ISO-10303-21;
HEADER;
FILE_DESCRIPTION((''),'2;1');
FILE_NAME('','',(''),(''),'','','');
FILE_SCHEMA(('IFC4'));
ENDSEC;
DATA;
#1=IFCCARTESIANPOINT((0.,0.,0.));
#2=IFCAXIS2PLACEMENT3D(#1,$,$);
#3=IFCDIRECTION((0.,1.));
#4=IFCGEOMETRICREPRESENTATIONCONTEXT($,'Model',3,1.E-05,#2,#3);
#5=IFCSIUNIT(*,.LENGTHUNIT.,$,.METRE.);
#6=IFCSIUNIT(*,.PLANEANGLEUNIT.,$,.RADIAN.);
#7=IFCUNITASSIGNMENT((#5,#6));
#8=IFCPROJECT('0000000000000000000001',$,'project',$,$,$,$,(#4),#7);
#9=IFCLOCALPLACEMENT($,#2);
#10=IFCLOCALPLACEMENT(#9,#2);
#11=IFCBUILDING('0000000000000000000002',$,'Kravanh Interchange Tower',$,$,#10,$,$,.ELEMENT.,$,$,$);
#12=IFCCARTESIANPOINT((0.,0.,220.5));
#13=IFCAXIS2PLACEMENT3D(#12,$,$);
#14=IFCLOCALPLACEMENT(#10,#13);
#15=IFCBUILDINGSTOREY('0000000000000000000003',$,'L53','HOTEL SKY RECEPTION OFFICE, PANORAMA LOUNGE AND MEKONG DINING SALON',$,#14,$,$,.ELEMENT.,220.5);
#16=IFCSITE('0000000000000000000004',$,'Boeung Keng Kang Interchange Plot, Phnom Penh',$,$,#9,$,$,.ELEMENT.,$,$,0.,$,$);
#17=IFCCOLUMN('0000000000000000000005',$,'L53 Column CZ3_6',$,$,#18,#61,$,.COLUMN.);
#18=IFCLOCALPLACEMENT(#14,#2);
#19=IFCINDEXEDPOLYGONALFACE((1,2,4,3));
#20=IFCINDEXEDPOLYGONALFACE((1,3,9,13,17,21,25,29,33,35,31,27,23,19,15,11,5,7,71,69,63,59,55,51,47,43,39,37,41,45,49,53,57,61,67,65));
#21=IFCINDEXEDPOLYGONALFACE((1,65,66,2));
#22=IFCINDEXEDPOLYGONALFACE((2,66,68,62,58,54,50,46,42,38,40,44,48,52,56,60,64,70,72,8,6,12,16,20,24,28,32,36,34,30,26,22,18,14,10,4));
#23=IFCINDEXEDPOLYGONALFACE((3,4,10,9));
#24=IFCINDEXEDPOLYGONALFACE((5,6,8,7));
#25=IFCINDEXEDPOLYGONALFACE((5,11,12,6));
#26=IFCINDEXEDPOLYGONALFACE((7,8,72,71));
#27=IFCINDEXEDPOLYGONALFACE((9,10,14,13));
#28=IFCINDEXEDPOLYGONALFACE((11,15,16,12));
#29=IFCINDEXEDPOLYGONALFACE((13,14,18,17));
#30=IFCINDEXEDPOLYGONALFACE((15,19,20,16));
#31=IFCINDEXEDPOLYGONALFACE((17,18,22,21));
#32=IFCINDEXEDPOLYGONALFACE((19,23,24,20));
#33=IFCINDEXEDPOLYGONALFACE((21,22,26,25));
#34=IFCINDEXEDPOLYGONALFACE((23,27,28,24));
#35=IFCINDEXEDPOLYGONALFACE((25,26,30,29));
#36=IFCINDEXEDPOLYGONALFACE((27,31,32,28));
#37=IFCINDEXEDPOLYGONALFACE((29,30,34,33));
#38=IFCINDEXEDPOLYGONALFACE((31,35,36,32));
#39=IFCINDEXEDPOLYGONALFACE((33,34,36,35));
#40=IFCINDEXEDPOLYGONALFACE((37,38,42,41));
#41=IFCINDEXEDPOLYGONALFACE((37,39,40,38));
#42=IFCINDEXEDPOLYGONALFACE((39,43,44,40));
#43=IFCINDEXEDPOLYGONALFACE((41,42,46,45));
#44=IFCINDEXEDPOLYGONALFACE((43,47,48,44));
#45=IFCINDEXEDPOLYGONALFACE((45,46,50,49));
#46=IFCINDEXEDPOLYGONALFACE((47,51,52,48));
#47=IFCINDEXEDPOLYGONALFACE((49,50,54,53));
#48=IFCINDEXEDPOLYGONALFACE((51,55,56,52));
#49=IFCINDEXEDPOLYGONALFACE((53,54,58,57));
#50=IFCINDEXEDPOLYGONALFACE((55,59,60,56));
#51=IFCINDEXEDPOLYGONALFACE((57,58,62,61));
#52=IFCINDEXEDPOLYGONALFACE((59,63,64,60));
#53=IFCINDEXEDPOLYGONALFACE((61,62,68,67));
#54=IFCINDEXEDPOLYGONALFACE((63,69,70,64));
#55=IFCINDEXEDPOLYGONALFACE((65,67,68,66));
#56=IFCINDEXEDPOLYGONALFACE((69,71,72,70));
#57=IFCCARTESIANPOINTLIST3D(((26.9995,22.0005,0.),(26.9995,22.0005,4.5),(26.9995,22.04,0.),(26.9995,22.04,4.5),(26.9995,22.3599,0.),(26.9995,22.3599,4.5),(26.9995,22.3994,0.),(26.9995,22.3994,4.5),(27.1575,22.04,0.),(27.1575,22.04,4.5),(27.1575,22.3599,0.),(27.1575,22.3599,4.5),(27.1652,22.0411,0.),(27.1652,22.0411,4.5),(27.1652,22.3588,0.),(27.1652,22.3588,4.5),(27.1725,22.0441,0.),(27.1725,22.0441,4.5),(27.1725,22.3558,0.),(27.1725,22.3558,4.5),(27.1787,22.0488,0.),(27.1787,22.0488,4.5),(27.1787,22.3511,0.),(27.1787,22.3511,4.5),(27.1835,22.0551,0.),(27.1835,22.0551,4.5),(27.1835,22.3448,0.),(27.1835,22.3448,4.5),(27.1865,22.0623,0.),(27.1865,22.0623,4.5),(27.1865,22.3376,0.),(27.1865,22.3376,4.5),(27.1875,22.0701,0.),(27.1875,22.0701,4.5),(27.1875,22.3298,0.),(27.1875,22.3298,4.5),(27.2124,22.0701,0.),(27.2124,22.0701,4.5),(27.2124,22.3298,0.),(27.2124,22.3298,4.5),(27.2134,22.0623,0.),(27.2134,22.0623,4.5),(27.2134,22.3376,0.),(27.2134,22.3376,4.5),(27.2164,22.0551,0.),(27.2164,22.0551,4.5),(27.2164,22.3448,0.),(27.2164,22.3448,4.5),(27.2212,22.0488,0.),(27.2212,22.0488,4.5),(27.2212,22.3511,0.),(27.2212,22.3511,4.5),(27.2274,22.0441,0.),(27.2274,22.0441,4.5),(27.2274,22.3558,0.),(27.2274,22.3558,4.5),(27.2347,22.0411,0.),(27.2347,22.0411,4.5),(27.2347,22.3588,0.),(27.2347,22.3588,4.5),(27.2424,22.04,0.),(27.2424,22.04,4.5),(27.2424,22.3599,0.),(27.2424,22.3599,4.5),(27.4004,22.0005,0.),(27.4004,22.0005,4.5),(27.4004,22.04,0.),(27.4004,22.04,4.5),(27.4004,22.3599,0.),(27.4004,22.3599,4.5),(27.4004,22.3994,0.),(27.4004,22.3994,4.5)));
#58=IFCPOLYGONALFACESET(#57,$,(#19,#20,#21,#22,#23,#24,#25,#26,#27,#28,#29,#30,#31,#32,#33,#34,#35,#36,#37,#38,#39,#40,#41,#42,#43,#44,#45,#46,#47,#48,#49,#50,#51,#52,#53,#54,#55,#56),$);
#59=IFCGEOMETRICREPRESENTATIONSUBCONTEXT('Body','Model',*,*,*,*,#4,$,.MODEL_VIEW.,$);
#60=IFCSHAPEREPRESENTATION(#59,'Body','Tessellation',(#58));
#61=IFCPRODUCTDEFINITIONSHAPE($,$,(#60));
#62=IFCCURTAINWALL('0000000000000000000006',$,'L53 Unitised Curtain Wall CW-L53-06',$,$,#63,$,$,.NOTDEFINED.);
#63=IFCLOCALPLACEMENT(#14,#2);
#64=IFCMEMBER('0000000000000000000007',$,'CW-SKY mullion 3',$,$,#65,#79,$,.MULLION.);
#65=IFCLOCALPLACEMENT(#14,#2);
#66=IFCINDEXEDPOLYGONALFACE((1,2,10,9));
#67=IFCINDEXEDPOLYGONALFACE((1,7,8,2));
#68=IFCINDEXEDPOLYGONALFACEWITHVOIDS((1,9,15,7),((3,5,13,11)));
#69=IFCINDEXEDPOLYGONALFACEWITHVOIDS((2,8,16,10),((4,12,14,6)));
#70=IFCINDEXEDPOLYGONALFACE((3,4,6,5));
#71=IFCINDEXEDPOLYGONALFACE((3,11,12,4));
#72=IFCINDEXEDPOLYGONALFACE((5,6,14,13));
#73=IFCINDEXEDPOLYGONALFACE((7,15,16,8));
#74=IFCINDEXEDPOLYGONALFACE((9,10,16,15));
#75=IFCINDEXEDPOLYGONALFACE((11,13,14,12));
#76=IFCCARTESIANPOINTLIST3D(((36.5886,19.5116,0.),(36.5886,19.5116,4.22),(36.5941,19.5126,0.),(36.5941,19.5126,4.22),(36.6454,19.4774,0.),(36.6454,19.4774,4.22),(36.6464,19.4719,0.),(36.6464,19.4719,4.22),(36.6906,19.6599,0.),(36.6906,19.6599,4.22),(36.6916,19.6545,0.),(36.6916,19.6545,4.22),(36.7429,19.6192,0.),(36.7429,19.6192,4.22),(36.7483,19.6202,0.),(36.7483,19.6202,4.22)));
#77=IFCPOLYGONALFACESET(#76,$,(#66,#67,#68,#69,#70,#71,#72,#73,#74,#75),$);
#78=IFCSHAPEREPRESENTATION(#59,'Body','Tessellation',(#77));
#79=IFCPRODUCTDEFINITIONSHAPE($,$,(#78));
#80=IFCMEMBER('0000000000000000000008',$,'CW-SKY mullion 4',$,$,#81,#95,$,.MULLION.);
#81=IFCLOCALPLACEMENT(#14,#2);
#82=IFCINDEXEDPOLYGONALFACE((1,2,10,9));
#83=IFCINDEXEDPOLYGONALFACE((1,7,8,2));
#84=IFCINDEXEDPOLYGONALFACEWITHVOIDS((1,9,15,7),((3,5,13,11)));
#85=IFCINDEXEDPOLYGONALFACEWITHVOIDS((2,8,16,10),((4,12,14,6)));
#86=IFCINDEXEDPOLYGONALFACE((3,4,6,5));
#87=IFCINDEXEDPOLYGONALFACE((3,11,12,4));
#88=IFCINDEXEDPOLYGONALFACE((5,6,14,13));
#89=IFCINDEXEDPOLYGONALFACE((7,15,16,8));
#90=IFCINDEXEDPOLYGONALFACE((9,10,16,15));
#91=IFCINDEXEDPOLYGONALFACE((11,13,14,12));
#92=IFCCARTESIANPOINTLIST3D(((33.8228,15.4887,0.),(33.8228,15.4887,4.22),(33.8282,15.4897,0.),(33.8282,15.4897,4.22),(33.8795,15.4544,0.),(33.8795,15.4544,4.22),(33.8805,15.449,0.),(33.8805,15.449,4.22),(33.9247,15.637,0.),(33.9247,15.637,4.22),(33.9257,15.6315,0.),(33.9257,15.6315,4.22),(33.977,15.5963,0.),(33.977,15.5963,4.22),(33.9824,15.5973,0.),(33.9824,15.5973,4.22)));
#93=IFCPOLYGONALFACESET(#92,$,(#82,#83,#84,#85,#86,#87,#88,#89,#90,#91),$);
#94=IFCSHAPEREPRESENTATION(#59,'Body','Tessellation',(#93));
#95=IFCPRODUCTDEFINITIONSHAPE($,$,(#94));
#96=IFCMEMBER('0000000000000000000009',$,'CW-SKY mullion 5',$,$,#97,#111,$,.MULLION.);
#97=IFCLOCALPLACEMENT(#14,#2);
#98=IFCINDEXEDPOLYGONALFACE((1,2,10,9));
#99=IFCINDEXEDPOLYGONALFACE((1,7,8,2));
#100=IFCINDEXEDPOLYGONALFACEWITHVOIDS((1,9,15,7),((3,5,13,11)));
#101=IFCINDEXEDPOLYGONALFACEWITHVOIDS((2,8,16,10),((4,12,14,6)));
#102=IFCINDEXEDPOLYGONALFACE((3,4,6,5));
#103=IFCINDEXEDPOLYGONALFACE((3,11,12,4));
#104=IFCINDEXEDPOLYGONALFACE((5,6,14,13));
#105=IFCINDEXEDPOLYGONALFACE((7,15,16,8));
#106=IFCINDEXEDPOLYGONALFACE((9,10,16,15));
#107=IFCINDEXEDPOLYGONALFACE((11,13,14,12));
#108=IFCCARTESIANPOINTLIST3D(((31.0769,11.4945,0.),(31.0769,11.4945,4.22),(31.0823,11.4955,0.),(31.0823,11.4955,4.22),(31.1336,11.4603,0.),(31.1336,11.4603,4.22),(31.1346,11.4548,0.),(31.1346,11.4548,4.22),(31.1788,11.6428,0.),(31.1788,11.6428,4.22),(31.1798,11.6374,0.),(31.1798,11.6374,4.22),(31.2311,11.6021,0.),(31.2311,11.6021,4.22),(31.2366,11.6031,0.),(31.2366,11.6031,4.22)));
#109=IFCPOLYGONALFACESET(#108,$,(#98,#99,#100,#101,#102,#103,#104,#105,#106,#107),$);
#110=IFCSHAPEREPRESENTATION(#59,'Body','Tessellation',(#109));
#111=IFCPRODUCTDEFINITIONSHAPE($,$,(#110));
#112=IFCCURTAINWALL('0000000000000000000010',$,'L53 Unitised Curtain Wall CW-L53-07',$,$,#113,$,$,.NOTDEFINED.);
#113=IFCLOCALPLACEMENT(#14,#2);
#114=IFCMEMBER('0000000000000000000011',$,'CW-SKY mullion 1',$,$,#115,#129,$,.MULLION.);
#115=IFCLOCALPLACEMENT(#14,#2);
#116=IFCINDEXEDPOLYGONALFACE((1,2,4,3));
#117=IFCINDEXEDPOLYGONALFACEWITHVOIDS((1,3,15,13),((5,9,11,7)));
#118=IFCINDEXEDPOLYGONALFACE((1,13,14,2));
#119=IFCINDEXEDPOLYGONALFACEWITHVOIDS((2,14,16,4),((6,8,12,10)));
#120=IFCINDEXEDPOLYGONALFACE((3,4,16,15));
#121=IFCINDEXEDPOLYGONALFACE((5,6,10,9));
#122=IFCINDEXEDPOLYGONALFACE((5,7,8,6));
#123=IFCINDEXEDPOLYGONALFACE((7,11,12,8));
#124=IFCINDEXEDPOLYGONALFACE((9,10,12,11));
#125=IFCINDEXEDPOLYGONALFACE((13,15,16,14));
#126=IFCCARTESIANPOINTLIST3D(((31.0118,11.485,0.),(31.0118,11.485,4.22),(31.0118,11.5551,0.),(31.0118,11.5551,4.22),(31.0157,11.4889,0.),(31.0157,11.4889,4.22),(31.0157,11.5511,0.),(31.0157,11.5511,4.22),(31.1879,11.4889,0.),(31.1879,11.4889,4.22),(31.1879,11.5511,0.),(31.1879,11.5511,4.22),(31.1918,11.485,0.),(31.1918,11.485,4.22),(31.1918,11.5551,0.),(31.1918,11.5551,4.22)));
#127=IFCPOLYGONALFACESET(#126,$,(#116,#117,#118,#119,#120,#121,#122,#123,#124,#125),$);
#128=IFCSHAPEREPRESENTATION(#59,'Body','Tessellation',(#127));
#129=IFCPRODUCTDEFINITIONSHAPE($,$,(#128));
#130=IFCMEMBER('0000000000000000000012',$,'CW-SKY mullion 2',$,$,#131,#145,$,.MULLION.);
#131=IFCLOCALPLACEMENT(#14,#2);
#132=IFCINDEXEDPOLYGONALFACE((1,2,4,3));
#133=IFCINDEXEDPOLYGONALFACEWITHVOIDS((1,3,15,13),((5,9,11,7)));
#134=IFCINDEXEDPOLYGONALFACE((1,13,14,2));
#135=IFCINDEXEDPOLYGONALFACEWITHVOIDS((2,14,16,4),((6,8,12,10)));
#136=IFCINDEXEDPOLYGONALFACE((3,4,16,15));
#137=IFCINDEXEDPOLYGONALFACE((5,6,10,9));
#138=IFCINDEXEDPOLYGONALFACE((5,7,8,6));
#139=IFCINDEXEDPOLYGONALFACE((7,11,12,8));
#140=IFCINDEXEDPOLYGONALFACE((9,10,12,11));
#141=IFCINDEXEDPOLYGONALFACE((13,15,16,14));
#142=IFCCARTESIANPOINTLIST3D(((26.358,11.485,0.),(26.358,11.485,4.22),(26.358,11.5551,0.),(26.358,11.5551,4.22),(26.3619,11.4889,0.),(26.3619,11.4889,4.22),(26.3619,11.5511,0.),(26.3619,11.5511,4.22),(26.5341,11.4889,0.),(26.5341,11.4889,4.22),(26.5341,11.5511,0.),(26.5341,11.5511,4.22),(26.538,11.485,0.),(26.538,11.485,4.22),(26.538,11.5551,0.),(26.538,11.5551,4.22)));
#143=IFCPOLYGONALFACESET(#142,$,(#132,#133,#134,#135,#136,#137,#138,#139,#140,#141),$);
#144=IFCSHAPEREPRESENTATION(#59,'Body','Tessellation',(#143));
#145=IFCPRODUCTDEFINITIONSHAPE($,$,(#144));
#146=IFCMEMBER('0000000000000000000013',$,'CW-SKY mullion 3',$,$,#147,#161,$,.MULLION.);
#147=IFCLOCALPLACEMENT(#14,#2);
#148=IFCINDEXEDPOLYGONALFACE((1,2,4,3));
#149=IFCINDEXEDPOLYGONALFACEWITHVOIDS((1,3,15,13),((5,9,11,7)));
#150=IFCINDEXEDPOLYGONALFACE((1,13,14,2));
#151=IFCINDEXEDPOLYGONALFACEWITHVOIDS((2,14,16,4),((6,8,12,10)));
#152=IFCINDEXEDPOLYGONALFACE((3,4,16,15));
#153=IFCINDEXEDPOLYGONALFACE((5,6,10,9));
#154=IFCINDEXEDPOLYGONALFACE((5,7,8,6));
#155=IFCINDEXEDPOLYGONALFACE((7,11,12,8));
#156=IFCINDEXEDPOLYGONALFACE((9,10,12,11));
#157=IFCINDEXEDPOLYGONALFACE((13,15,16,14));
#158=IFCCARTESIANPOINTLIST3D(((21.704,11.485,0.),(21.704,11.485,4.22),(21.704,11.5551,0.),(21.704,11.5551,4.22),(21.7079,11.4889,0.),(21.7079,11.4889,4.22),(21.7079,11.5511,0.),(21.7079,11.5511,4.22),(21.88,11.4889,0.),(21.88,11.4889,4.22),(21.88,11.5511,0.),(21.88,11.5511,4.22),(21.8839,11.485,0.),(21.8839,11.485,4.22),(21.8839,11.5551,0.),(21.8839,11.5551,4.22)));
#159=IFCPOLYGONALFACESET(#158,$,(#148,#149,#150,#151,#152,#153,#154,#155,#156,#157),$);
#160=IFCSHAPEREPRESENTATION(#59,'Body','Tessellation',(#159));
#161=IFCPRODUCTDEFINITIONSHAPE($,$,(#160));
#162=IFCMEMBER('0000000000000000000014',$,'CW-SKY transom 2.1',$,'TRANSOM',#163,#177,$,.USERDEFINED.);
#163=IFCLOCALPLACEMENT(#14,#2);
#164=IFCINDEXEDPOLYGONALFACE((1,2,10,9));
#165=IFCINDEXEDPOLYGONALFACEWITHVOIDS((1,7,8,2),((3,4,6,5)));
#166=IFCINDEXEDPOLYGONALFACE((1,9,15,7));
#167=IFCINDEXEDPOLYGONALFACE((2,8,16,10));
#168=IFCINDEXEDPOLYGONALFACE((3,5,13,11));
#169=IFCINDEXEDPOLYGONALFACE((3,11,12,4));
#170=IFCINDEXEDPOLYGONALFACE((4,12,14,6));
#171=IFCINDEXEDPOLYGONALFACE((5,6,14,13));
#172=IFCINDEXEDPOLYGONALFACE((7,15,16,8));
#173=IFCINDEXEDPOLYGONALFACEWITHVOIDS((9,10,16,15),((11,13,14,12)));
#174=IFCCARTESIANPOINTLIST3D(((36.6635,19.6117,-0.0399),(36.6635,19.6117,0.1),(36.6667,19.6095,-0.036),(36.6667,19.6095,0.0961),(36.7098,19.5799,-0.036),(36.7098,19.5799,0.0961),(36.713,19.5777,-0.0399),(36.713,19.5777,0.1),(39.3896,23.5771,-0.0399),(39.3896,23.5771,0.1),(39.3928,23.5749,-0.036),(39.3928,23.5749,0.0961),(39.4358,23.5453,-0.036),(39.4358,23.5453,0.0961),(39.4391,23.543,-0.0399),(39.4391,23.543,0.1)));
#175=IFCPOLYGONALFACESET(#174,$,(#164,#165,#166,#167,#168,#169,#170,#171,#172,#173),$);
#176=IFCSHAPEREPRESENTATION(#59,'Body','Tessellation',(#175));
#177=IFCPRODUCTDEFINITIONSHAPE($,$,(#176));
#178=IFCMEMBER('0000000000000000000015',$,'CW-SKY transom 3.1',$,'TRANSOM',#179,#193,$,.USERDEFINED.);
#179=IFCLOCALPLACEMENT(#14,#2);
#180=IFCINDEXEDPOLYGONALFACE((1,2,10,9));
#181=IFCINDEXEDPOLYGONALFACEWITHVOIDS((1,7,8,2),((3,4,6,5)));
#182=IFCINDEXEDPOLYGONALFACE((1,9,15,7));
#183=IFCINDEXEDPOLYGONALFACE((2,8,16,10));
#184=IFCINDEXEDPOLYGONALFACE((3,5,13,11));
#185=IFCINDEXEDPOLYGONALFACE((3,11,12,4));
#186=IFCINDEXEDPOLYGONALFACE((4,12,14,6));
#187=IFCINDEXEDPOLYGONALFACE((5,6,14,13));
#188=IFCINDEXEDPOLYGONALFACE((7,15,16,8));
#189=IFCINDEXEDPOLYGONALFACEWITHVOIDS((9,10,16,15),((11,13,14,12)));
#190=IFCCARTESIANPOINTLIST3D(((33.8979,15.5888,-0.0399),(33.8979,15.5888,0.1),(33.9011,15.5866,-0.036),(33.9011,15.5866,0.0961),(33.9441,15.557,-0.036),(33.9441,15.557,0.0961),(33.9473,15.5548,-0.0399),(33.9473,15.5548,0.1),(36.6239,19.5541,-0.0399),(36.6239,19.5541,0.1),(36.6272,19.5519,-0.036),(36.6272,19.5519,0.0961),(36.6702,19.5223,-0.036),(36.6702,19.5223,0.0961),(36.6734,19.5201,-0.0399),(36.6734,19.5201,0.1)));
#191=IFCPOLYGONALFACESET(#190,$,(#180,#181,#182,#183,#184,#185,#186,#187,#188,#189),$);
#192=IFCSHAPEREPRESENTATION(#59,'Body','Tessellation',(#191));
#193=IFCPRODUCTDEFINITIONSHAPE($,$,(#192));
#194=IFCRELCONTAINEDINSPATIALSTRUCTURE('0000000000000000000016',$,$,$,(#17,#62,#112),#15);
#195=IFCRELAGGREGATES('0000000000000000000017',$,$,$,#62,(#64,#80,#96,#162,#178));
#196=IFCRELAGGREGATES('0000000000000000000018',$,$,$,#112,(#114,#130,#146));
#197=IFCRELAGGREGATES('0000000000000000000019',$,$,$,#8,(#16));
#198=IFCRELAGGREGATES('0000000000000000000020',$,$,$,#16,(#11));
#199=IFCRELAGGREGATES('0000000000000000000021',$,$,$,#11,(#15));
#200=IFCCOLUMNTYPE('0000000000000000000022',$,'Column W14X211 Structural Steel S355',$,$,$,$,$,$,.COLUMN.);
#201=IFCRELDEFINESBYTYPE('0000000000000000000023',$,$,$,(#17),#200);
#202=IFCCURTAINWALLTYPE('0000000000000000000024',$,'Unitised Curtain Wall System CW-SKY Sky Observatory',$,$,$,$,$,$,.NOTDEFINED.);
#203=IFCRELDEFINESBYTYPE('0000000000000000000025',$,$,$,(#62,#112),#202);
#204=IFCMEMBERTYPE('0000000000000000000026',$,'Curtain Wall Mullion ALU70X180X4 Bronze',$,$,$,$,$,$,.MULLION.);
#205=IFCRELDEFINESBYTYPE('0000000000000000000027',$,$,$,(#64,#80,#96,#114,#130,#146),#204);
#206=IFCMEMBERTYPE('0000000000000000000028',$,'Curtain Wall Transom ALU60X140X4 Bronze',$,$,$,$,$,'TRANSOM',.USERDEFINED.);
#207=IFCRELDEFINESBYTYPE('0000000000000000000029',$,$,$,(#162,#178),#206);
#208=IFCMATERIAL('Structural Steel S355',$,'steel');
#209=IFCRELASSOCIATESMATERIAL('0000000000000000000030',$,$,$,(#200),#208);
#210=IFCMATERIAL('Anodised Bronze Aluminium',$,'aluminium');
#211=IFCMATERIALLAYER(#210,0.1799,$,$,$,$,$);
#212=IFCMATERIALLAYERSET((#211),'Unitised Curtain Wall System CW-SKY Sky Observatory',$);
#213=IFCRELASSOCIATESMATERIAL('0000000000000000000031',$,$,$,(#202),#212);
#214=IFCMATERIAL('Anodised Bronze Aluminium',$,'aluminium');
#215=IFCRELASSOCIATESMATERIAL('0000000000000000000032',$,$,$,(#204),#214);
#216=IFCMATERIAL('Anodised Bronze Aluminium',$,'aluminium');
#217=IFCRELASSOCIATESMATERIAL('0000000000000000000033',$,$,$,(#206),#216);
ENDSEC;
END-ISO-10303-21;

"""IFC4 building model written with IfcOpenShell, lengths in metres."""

from ifc_helpers import new_model, si_unit, direction, frame, origin, origin_2d, place, context, subcontext, project, spatial, hollow_rectangle, i_section, extrude, material, layer, layer_set, material_profile, profile_set, type_object, element, aggregate, save


model = new_model("IFC4")

# Units and contexts
model_context = context("Model", 3, precision=1e-05, world=origin(), true_north=direction((0.0, 1.0)))
body_context = subcontext(model_context, "Body", "Model", "MODEL_VIEW")
ifc_project = project(units=[si_unit("LENGTHUNIT", "METRE"), si_unit("PLANEANGLEUNIT", "RADIAN")], contexts=[model_context])

# Site, building, storey
site_placement = place(None, origin())
site = spatial("IfcSite", under=ifc_project, at=site_placement, Name="Boeung Keng Kang Interchange Plot, Phnom Penh", CompositionType="ELEMENT", RefElevation=0.0)
building_placement = place(site_placement, origin())
building = spatial("IfcBuilding", under=site, at=building_placement, Name="Kravanh Interchange Tower", CompositionType="ELEMENT")
storey_placement = place(building_placement, frame((0.0, 0.0, 220.5)))
storey = spatial("IfcBuildingStorey", under=building, at=storey_placement, Name="L53", Description="HOTEL SKY RECEPTION OFFICE, PANORAMA LOUNGE AND MEKONG DINING SALON", CompositionType="ELEMENT", Elevation=220.5)

# Column
ifc_material_1 = material(Name="Structural Steel S355", Category="steel")
ifc_material_profile_1 = material_profile(ifc_material_1, i_section(OverallWidth=0.4009, OverallDepth=0.3989, WebThickness=0.0249, FlangeThickness=0.0396, FilletRadius=0.03, at=origin_2d()), Name="W14X211")
ifc_profile_set_1 = profile_set([ifc_material_profile_1], Name="Structural Steel S355")
column_type = type_object("IfcColumnType", Name="Column W14X211 Structural Steel S355", PredefinedType="COLUMN", material=ifc_profile_set_1)
for number, where, z_axis, x_axis, name in (
    (1, (27.2, 22.2, 0.0), (0.0, 0.0, 1.0), (1.0, 0.0, 0.0), "L53 Column CZ3_6"),
):
    element("IfcColumn", number, at=place(storey_placement, frame(where, z_axis=z_axis, x_axis=x_axis)), inside=storey, type_object=column_type, Name=name, PredefinedType="COLUMN", context=body_context, shape_type="SweptSolid", body=[
        extrude(i_section(OverallWidth=0.4009, OverallDepth=0.3989, WebThickness=0.0249, FlangeThickness=0.0396, FilletRadius=0.03, at=origin_2d()), origin(), (0.0, 0.0, 1.0), 4.5),
    ])

# Curtain walls, members
ifc_material_2 = material(Name="Anodised Bronze Aluminium", Category="aluminium")
ifc_layer_1 = layer(ifc_material_2, 0.1799)
ifc_layer_set_1 = layer_set([ifc_layer_1], Name="Unitised Curtain Wall System CW-SKY Sky Observatory")
curtain_wall_type = type_object("IfcCurtainWallType", Name="Unitised Curtain Wall System CW-SKY Sky Observatory", PredefinedType="NOTDEFINED", material=ifc_layer_set_1)
curtain_wall_1_placement = place(storey_placement, origin())
curtain_wall_1 = element("IfcCurtainWall", 2, at=curtain_wall_1_placement, inside=storey, type_object=curtain_wall_type, Name="L53 Unitised Curtain Wall CW-L53-06", PredefinedType="NOTDEFINED")
ifc_material_3 = material(Name="Anodised Bronze Aluminium", Category="aluminium")
ifc_material_profile_2 = material_profile(ifc_material_3, hollow_rectangle(XDim=0.0701, YDim=0.1799, WallThickness=0.0039, at=origin_2d()), Name="ALU70X180X4")
ifc_profile_set_2 = profile_set([ifc_material_profile_2], Name="Anodised Bronze Aluminium")
member_type_1 = type_object("IfcMemberType", Name="Curtain Wall Mullion ALU70X180X4 Bronze", PredefinedType="MULLION", material=ifc_profile_set_2)
member_1_placement = place(storey_placement, frame((36.6685, 19.5659, 0.0), z_axis=(0.0, 0.0, 1.0), x_axis=(0.824042, -0.566528, 0.0)))
member_1 = element("IfcMember", 3, at=member_1_placement, type_object=member_type_1, Name="CW-SKY mullion 3", PredefinedType="MULLION", context=body_context, shape_type="SweptSolid", body=[
    extrude(hollow_rectangle(XDim=0.0701, YDim=0.1799, WallThickness=0.0039, at=origin_2d()), origin(), (0.0, 0.0, 1.0), 4.22),
])
member_2_placement = place(storey_placement, frame((33.9026, 15.543, 0.0), z_axis=(0.0, 0.0, 1.0), x_axis=(0.824042, -0.566528, 0.0)))
member_2 = element("IfcMember", 4, at=member_2_placement, type_object=member_type_1, Name="CW-SKY mullion 4", PredefinedType="MULLION", context=body_context, shape_type="SweptSolid", body=[
    extrude(hollow_rectangle(XDim=0.0701, YDim=0.1799, WallThickness=0.0039, at=origin_2d()), origin(), (0.0, 0.0, 1.0), 4.22),
])
member_3_placement = place(storey_placement, frame((31.1567, 11.5488, 0.0), z_axis=(0.0, 0.0, 1.0), x_axis=(0.824042, -0.566528, 0.0)))
member_3 = element("IfcMember", 5, at=member_3_placement, type_object=member_type_1, Name="CW-SKY mullion 5", PredefinedType="MULLION", context=body_context, shape_type="SweptSolid", body=[
    extrude(hollow_rectangle(XDim=0.0701, YDim=0.1799, WallThickness=0.0039, at=origin_2d()), origin(), (0.0, 0.0, 1.0), 4.22),
])
curtain_wall_2_placement = place(storey_placement, origin())
curtain_wall_2 = element("IfcCurtainWall", 6, at=curtain_wall_2_placement, inside=storey, type_object=curtain_wall_type, Name="L53 Unitised Curtain Wall CW-L53-07", PredefinedType="NOTDEFINED")
member_4_placement = place(storey_placement, frame((31.1018, 11.52, 0.0), z_axis=(0.0, 0.0, 1.0), x_axis=(0.0, -1.0, 0.0)))
member_4 = element("IfcMember", 7, at=member_4_placement, type_object=member_type_1, Name="CW-SKY mullion 1", PredefinedType="MULLION", context=body_context, shape_type="SweptSolid", body=[
    extrude(hollow_rectangle(XDim=0.0701, YDim=0.1799, WallThickness=0.0039, at=origin_2d()), origin(), (0.0, 0.0, 1.0), 4.22),
])
member_5_placement = place(storey_placement, frame((26.448, 11.52, 0.0), z_axis=(0.0, 0.0, 1.0), x_axis=(0.0, -1.0, 0.0)))
member_5 = element("IfcMember", 8, at=member_5_placement, type_object=member_type_1, Name="CW-SKY mullion 2", PredefinedType="MULLION", context=body_context, shape_type="SweptSolid", body=[
    extrude(hollow_rectangle(XDim=0.0701, YDim=0.1799, WallThickness=0.0039, at=origin_2d()), origin(), (0.0, 0.0, 1.0), 4.22),
])
member_6_placement = place(storey_placement, frame((21.7939, 11.52, 0.0), z_axis=(0.0, 0.0, 1.0), x_axis=(0.0, -1.0, 0.0)))
member_6 = element("IfcMember", 9, at=member_6_placement, type_object=member_type_1, Name="CW-SKY mullion 3", PredefinedType="MULLION", context=body_context, shape_type="SweptSolid", body=[
    extrude(hollow_rectangle(XDim=0.0701, YDim=0.1799, WallThickness=0.0039, at=origin_2d()), origin(), (0.0, 0.0, 1.0), 4.22),
])

# Members
ifc_material_4 = material(Name="Anodised Bronze Aluminium", Category="aluminium")
ifc_material_profile_3 = material_profile(ifc_material_4, hollow_rectangle(XDim=0.0601, YDim=0.1399, WallThickness=0.0039, at=origin_2d()), Name="ALU60X140X4")
ifc_profile_set_3 = profile_set([ifc_material_profile_3], Name="Anodised Bronze Aluminium")
member_type_2 = type_object("IfcMemberType", Name="Curtain Wall Transom ALU60X140X4 Bronze", ElementType="TRANSOM", PredefinedType="USERDEFINED", material=ifc_profile_set_3)
member_7_placement = place(storey_placement, frame((39.4143, 23.5601, 0.03), z_axis=(-0.566516, -0.824051, 0.0), x_axis=(0.824051, -0.566516, 0.0)))
member_7 = element("IfcMember", 10, at=member_7_placement, type_object=member_type_2, Name="CW-SKY transom 2.1", ObjectType="TRANSOM", PredefinedType="USERDEFINED", context=body_context, shape_type="SweptSolid", body=[
    extrude(hollow_rectangle(XDim=0.0601, YDim=0.1399, WallThickness=0.0039, at=origin_2d()), origin(), (0.0, 0.0, 1.0), 4.812),
])
member_8_placement = place(storey_placement, frame((36.6487, 19.5371, 0.03), z_axis=(-0.566516, -0.824051, 0.0), x_axis=(0.824051, -0.566516, 0.0)))
member_8 = element("IfcMember", 11, at=member_8_placement, type_object=member_type_2, Name="CW-SKY transom 3.1", ObjectType="TRANSOM", PredefinedType="USERDEFINED", context=body_context, shape_type="SweptSolid", body=[
    extrude(hollow_rectangle(XDim=0.0601, YDim=0.1399, WallThickness=0.0039, at=origin_2d()), origin(), (0.0, 0.0, 1.0), 4.812),
])

aggregate(curtain_wall_1, [member_1, member_2, member_3, member_7, member_8])
aggregate(curtain_wall_2, [member_4, member_5, member_6])

save(model, "model.ifc")
